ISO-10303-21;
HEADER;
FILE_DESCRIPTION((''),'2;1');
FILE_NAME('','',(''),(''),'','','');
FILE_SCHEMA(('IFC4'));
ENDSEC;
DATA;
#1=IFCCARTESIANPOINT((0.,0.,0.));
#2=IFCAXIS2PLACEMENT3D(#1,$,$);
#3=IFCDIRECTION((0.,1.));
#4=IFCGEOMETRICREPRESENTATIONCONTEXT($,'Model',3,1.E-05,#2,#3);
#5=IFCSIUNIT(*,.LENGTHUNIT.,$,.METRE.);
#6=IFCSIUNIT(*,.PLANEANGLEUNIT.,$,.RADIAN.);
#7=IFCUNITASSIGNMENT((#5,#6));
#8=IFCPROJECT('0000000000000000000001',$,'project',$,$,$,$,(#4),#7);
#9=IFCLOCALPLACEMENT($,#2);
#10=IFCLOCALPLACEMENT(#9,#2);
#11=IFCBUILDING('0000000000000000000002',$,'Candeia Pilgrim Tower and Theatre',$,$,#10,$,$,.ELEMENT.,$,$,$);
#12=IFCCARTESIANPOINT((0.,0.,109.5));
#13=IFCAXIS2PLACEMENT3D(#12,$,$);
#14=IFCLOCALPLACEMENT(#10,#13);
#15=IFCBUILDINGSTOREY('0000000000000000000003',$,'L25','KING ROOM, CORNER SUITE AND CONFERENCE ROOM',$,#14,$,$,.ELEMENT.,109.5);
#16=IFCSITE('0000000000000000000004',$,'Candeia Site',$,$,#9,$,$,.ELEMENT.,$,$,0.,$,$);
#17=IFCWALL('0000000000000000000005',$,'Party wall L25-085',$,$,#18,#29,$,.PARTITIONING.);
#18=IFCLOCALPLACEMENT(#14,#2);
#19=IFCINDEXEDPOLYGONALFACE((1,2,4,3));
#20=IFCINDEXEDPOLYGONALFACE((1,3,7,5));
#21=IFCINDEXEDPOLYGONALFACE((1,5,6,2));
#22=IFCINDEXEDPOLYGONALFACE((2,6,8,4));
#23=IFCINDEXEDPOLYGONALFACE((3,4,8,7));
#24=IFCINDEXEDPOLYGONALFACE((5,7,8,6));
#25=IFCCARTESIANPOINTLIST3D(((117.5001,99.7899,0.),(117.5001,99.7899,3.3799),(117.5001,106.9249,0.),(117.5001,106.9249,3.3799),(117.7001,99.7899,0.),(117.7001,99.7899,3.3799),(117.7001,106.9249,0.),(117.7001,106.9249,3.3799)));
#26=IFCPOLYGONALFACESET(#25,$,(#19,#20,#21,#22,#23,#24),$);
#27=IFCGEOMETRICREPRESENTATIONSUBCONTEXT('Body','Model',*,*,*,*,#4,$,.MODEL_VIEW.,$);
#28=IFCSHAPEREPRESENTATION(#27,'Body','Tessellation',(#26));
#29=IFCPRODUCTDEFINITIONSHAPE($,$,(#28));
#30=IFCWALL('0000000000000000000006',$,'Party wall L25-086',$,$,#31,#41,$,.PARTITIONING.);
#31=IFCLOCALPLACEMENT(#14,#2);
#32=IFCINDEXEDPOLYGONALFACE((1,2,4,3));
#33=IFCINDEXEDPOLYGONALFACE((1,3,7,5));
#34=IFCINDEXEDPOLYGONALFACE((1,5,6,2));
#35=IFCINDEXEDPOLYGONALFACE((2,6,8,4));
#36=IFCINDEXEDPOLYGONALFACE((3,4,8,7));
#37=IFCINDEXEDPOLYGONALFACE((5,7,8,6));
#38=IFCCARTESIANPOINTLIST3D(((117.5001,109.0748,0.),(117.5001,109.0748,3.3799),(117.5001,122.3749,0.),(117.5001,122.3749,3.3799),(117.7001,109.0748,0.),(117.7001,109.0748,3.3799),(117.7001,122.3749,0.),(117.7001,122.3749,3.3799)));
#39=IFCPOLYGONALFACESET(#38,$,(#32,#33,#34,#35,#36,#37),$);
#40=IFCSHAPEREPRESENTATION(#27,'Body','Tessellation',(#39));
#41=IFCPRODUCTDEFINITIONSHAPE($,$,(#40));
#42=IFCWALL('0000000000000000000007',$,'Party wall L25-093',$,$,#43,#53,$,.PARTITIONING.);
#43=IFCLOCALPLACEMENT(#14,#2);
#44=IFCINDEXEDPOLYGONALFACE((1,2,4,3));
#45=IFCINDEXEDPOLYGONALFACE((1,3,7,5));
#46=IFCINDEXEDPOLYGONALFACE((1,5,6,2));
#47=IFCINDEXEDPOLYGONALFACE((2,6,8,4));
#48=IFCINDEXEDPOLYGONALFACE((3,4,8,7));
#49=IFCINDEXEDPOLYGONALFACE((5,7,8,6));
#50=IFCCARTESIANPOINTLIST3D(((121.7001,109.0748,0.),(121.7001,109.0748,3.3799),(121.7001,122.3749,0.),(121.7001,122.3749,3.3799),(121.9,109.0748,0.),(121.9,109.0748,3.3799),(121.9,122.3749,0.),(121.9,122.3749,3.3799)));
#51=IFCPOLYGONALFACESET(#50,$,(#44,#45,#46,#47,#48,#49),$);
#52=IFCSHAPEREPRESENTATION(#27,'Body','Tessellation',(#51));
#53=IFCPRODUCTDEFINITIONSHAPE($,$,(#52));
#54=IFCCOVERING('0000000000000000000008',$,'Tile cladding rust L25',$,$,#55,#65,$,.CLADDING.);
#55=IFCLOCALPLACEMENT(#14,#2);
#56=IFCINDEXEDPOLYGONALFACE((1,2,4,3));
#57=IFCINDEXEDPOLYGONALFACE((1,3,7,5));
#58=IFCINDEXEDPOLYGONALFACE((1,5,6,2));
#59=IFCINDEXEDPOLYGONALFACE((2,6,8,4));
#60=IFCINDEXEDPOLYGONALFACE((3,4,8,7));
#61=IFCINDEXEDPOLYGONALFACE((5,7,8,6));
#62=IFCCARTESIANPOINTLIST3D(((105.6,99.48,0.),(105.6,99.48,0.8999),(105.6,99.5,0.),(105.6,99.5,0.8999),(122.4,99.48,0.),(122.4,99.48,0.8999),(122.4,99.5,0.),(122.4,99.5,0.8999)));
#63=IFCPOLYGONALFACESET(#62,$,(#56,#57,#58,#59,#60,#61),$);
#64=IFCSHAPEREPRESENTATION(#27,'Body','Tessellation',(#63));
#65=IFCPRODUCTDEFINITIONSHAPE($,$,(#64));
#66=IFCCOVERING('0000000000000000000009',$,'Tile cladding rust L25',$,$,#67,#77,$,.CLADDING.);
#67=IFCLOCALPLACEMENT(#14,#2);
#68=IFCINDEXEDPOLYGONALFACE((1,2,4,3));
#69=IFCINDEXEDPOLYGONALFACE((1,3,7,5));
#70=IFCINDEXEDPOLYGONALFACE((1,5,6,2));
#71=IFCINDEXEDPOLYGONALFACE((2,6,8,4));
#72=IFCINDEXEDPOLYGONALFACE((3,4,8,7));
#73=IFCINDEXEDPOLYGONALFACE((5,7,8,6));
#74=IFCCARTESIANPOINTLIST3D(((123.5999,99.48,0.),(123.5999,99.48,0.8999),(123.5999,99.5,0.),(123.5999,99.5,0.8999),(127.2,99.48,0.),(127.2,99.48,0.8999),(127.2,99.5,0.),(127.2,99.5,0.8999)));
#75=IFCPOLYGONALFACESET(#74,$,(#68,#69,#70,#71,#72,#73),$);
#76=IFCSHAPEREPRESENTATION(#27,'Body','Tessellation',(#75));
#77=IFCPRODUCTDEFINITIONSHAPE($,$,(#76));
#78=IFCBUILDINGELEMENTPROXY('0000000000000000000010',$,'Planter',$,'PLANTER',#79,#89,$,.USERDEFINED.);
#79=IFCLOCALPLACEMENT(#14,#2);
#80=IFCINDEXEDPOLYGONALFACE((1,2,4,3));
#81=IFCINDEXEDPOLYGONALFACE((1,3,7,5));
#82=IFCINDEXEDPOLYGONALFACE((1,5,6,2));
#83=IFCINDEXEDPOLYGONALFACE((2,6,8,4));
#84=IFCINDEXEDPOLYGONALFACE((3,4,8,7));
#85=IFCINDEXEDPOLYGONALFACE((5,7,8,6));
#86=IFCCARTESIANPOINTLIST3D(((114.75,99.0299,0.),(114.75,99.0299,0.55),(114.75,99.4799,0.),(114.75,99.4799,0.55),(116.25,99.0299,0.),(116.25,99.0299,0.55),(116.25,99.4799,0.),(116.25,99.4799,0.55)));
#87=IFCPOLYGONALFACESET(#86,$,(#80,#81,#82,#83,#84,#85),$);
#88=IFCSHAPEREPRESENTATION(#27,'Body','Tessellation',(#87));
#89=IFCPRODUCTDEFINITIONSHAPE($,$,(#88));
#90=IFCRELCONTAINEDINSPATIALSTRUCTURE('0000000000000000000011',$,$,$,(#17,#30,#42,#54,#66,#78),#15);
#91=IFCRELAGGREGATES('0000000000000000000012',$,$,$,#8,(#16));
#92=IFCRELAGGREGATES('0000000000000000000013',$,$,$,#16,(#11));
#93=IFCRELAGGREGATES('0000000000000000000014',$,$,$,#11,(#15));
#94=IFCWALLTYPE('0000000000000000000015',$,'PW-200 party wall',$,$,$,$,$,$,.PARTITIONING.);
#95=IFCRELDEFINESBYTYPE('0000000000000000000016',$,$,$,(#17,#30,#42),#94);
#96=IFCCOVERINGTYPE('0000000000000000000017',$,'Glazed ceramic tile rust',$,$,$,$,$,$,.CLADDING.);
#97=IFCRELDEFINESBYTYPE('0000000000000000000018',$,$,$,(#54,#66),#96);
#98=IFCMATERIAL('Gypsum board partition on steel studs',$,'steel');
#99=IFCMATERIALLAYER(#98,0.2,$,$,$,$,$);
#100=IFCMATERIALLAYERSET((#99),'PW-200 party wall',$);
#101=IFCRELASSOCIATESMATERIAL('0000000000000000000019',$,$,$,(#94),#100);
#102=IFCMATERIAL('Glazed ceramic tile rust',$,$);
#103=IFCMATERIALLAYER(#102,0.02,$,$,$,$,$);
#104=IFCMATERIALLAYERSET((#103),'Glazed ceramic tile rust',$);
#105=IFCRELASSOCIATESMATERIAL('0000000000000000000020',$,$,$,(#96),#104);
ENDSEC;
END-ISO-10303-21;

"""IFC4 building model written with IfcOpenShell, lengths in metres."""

from ifc_helpers import new_model, si_unit, direction, frame, frame_2d, origin, origin_2d, place, context, subcontext, project, spatial, rectangle, extrude, material, layer, layer_set, type_object, element, save


model = new_model("IFC4")

# Units and contexts
model_context = context("Model", 3, precision=1e-05, world=origin(), true_north=direction((0.0, 1.0)))
body_context = subcontext(model_context, "Body", "Model", "MODEL_VIEW")
ifc_project = project(units=[si_unit("LENGTHUNIT", "METRE"), si_unit("PLANEANGLEUNIT", "RADIAN")], contexts=[model_context])

# Site, building, storey
site_placement = place(None, origin())
site = spatial("IfcSite", under=ifc_project, at=site_placement, Name="Candeia Site", CompositionType="ELEMENT", RefElevation=0.0)
building_placement = place(site_placement, origin())
building = spatial("IfcBuilding", under=site, at=building_placement, Name="Candeia Pilgrim Tower and Theatre", CompositionType="ELEMENT")
storey_placement = place(building_placement, frame((0.0, 0.0, 109.5)))
storey = spatial("IfcBuildingStorey", under=building, at=storey_placement, Name="L25", Description="KING ROOM, CORNER SUITE AND CONFERENCE ROOM", CompositionType="ELEMENT", Elevation=109.5)

# Shared definitions
ifc_material_1 = material(Name="Gypsum board partition on steel studs", Category="steel")

# Walls
ifc_layer_1 = layer(ifc_material_1, 0.2)
ifc_layer_set_1 = layer_set([ifc_layer_1], Name="PW-200 party wall")
wall_type_1 = type_object("IfcWallType", Name="PW-200 party wall", PredefinedType="PARTITIONING", material=ifc_layer_set_1)
wall_1_placement = place(storey_placement, frame((117.6001, 99.79, 0.0), z_axis=(0.0, 0.0, 1.0), x_axis=(0.0, 1.0, 0.0)))
element("IfcWall", 1, at=wall_1_placement, inside=storey, type_object=wall_type_1, Name="Party wall L25-085", PredefinedType="PARTITIONING", context=body_context, shape_type="SweptSolid", body=[
    extrude(rectangle(XDim=7.135, YDim=0.2, at=frame_2d((3.5674, 0.0))), origin(), (0.0, 0.0, 1.0), 3.3799),
])
for number, where, z_axis, x_axis, name in (
    (2, (117.6001, 109.075, 0.0), (0.0, 0.0, 1.0), (0.0, 1.0, 0.0), "Party wall L25-086"),
    (3, (121.8, 109.075, 0.0), (0.0, 0.0, 1.0), (0.0, 1.0, 0.0), "Party wall L25-093"),
):
    element("IfcWall", number, at=place(storey_placement, frame(where, z_axis=z_axis, x_axis=x_axis)), inside=storey, type_object=wall_type_1, Name=name, PredefinedType="PARTITIONING", context=body_context, shape_type="SweptSolid", body=[
        extrude(rectangle(XDim=13.3, YDim=0.2, at=frame_2d((6.6499, 0.0))), origin(), (0.0, 0.0, 1.0), 3.3799),
    ])

# Coverings
ifc_material_2 = material(Name="Glazed ceramic tile rust")
ifc_layer_2 = layer(ifc_material_2, 0.02)
ifc_layer_set_2 = layer_set([ifc_layer_2], Name="Glazed ceramic tile rust")
covering_type = type_object("IfcCoveringType", Name="Glazed ceramic tile rust", PredefinedType="CLADDING", material=ifc_layer_set_2)
covering_1_placement = place(storey_placement, frame((114.0, 99.49, 0.0), z_axis=(0.0, 0.0, 1.0), x_axis=(1.0, 0.0, 0.0)))
element("IfcCovering", 4, at=covering_1_placement, inside=storey, type_object=covering_type, Name="Tile cladding rust L25", PredefinedType="CLADDING", context=body_context, shape_type="SweptSolid", body=[
    extrude(rectangle(XDim=16.8, YDim=0.02, at=origin_2d()), origin(), (0.0, 0.0, 1.0), 0.8999),
])
covering_2_placement = place(storey_placement, frame((125.3999, 99.49, 0.0), z_axis=(0.0, 0.0, 1.0), x_axis=(1.0, 0.0, 0.0)))
element("IfcCovering", 5, at=covering_2_placement, inside=storey, type_object=covering_type, Name="Tile cladding rust L25", PredefinedType="CLADDING", context=body_context, shape_type="SweptSolid", body=[
    extrude(rectangle(XDim=3.6001, YDim=0.02, at=origin_2d()), origin(), (0.0, 0.0, 1.0), 0.8999),
])

# Building element proxy
proxy_placement = place(storey_placement, frame((115.5, 99.2549, 0.0), z_axis=(0.0, 0.0, 1.0), x_axis=(1.0, 0.0, 0.0)))
element("IfcBuildingElementProxy", 6, at=proxy_placement, inside=storey, Name="Planter", ObjectType="PLANTER", PredefinedType="USERDEFINED", context=body_context, shape_type="SweptSolid", body=[
    extrude(rectangle(XDim=1.5, YDim=0.45, at=origin_2d()), origin(), (0.0, 0.0, 1.0), 0.55),
])

save(model, "model.ifc")
